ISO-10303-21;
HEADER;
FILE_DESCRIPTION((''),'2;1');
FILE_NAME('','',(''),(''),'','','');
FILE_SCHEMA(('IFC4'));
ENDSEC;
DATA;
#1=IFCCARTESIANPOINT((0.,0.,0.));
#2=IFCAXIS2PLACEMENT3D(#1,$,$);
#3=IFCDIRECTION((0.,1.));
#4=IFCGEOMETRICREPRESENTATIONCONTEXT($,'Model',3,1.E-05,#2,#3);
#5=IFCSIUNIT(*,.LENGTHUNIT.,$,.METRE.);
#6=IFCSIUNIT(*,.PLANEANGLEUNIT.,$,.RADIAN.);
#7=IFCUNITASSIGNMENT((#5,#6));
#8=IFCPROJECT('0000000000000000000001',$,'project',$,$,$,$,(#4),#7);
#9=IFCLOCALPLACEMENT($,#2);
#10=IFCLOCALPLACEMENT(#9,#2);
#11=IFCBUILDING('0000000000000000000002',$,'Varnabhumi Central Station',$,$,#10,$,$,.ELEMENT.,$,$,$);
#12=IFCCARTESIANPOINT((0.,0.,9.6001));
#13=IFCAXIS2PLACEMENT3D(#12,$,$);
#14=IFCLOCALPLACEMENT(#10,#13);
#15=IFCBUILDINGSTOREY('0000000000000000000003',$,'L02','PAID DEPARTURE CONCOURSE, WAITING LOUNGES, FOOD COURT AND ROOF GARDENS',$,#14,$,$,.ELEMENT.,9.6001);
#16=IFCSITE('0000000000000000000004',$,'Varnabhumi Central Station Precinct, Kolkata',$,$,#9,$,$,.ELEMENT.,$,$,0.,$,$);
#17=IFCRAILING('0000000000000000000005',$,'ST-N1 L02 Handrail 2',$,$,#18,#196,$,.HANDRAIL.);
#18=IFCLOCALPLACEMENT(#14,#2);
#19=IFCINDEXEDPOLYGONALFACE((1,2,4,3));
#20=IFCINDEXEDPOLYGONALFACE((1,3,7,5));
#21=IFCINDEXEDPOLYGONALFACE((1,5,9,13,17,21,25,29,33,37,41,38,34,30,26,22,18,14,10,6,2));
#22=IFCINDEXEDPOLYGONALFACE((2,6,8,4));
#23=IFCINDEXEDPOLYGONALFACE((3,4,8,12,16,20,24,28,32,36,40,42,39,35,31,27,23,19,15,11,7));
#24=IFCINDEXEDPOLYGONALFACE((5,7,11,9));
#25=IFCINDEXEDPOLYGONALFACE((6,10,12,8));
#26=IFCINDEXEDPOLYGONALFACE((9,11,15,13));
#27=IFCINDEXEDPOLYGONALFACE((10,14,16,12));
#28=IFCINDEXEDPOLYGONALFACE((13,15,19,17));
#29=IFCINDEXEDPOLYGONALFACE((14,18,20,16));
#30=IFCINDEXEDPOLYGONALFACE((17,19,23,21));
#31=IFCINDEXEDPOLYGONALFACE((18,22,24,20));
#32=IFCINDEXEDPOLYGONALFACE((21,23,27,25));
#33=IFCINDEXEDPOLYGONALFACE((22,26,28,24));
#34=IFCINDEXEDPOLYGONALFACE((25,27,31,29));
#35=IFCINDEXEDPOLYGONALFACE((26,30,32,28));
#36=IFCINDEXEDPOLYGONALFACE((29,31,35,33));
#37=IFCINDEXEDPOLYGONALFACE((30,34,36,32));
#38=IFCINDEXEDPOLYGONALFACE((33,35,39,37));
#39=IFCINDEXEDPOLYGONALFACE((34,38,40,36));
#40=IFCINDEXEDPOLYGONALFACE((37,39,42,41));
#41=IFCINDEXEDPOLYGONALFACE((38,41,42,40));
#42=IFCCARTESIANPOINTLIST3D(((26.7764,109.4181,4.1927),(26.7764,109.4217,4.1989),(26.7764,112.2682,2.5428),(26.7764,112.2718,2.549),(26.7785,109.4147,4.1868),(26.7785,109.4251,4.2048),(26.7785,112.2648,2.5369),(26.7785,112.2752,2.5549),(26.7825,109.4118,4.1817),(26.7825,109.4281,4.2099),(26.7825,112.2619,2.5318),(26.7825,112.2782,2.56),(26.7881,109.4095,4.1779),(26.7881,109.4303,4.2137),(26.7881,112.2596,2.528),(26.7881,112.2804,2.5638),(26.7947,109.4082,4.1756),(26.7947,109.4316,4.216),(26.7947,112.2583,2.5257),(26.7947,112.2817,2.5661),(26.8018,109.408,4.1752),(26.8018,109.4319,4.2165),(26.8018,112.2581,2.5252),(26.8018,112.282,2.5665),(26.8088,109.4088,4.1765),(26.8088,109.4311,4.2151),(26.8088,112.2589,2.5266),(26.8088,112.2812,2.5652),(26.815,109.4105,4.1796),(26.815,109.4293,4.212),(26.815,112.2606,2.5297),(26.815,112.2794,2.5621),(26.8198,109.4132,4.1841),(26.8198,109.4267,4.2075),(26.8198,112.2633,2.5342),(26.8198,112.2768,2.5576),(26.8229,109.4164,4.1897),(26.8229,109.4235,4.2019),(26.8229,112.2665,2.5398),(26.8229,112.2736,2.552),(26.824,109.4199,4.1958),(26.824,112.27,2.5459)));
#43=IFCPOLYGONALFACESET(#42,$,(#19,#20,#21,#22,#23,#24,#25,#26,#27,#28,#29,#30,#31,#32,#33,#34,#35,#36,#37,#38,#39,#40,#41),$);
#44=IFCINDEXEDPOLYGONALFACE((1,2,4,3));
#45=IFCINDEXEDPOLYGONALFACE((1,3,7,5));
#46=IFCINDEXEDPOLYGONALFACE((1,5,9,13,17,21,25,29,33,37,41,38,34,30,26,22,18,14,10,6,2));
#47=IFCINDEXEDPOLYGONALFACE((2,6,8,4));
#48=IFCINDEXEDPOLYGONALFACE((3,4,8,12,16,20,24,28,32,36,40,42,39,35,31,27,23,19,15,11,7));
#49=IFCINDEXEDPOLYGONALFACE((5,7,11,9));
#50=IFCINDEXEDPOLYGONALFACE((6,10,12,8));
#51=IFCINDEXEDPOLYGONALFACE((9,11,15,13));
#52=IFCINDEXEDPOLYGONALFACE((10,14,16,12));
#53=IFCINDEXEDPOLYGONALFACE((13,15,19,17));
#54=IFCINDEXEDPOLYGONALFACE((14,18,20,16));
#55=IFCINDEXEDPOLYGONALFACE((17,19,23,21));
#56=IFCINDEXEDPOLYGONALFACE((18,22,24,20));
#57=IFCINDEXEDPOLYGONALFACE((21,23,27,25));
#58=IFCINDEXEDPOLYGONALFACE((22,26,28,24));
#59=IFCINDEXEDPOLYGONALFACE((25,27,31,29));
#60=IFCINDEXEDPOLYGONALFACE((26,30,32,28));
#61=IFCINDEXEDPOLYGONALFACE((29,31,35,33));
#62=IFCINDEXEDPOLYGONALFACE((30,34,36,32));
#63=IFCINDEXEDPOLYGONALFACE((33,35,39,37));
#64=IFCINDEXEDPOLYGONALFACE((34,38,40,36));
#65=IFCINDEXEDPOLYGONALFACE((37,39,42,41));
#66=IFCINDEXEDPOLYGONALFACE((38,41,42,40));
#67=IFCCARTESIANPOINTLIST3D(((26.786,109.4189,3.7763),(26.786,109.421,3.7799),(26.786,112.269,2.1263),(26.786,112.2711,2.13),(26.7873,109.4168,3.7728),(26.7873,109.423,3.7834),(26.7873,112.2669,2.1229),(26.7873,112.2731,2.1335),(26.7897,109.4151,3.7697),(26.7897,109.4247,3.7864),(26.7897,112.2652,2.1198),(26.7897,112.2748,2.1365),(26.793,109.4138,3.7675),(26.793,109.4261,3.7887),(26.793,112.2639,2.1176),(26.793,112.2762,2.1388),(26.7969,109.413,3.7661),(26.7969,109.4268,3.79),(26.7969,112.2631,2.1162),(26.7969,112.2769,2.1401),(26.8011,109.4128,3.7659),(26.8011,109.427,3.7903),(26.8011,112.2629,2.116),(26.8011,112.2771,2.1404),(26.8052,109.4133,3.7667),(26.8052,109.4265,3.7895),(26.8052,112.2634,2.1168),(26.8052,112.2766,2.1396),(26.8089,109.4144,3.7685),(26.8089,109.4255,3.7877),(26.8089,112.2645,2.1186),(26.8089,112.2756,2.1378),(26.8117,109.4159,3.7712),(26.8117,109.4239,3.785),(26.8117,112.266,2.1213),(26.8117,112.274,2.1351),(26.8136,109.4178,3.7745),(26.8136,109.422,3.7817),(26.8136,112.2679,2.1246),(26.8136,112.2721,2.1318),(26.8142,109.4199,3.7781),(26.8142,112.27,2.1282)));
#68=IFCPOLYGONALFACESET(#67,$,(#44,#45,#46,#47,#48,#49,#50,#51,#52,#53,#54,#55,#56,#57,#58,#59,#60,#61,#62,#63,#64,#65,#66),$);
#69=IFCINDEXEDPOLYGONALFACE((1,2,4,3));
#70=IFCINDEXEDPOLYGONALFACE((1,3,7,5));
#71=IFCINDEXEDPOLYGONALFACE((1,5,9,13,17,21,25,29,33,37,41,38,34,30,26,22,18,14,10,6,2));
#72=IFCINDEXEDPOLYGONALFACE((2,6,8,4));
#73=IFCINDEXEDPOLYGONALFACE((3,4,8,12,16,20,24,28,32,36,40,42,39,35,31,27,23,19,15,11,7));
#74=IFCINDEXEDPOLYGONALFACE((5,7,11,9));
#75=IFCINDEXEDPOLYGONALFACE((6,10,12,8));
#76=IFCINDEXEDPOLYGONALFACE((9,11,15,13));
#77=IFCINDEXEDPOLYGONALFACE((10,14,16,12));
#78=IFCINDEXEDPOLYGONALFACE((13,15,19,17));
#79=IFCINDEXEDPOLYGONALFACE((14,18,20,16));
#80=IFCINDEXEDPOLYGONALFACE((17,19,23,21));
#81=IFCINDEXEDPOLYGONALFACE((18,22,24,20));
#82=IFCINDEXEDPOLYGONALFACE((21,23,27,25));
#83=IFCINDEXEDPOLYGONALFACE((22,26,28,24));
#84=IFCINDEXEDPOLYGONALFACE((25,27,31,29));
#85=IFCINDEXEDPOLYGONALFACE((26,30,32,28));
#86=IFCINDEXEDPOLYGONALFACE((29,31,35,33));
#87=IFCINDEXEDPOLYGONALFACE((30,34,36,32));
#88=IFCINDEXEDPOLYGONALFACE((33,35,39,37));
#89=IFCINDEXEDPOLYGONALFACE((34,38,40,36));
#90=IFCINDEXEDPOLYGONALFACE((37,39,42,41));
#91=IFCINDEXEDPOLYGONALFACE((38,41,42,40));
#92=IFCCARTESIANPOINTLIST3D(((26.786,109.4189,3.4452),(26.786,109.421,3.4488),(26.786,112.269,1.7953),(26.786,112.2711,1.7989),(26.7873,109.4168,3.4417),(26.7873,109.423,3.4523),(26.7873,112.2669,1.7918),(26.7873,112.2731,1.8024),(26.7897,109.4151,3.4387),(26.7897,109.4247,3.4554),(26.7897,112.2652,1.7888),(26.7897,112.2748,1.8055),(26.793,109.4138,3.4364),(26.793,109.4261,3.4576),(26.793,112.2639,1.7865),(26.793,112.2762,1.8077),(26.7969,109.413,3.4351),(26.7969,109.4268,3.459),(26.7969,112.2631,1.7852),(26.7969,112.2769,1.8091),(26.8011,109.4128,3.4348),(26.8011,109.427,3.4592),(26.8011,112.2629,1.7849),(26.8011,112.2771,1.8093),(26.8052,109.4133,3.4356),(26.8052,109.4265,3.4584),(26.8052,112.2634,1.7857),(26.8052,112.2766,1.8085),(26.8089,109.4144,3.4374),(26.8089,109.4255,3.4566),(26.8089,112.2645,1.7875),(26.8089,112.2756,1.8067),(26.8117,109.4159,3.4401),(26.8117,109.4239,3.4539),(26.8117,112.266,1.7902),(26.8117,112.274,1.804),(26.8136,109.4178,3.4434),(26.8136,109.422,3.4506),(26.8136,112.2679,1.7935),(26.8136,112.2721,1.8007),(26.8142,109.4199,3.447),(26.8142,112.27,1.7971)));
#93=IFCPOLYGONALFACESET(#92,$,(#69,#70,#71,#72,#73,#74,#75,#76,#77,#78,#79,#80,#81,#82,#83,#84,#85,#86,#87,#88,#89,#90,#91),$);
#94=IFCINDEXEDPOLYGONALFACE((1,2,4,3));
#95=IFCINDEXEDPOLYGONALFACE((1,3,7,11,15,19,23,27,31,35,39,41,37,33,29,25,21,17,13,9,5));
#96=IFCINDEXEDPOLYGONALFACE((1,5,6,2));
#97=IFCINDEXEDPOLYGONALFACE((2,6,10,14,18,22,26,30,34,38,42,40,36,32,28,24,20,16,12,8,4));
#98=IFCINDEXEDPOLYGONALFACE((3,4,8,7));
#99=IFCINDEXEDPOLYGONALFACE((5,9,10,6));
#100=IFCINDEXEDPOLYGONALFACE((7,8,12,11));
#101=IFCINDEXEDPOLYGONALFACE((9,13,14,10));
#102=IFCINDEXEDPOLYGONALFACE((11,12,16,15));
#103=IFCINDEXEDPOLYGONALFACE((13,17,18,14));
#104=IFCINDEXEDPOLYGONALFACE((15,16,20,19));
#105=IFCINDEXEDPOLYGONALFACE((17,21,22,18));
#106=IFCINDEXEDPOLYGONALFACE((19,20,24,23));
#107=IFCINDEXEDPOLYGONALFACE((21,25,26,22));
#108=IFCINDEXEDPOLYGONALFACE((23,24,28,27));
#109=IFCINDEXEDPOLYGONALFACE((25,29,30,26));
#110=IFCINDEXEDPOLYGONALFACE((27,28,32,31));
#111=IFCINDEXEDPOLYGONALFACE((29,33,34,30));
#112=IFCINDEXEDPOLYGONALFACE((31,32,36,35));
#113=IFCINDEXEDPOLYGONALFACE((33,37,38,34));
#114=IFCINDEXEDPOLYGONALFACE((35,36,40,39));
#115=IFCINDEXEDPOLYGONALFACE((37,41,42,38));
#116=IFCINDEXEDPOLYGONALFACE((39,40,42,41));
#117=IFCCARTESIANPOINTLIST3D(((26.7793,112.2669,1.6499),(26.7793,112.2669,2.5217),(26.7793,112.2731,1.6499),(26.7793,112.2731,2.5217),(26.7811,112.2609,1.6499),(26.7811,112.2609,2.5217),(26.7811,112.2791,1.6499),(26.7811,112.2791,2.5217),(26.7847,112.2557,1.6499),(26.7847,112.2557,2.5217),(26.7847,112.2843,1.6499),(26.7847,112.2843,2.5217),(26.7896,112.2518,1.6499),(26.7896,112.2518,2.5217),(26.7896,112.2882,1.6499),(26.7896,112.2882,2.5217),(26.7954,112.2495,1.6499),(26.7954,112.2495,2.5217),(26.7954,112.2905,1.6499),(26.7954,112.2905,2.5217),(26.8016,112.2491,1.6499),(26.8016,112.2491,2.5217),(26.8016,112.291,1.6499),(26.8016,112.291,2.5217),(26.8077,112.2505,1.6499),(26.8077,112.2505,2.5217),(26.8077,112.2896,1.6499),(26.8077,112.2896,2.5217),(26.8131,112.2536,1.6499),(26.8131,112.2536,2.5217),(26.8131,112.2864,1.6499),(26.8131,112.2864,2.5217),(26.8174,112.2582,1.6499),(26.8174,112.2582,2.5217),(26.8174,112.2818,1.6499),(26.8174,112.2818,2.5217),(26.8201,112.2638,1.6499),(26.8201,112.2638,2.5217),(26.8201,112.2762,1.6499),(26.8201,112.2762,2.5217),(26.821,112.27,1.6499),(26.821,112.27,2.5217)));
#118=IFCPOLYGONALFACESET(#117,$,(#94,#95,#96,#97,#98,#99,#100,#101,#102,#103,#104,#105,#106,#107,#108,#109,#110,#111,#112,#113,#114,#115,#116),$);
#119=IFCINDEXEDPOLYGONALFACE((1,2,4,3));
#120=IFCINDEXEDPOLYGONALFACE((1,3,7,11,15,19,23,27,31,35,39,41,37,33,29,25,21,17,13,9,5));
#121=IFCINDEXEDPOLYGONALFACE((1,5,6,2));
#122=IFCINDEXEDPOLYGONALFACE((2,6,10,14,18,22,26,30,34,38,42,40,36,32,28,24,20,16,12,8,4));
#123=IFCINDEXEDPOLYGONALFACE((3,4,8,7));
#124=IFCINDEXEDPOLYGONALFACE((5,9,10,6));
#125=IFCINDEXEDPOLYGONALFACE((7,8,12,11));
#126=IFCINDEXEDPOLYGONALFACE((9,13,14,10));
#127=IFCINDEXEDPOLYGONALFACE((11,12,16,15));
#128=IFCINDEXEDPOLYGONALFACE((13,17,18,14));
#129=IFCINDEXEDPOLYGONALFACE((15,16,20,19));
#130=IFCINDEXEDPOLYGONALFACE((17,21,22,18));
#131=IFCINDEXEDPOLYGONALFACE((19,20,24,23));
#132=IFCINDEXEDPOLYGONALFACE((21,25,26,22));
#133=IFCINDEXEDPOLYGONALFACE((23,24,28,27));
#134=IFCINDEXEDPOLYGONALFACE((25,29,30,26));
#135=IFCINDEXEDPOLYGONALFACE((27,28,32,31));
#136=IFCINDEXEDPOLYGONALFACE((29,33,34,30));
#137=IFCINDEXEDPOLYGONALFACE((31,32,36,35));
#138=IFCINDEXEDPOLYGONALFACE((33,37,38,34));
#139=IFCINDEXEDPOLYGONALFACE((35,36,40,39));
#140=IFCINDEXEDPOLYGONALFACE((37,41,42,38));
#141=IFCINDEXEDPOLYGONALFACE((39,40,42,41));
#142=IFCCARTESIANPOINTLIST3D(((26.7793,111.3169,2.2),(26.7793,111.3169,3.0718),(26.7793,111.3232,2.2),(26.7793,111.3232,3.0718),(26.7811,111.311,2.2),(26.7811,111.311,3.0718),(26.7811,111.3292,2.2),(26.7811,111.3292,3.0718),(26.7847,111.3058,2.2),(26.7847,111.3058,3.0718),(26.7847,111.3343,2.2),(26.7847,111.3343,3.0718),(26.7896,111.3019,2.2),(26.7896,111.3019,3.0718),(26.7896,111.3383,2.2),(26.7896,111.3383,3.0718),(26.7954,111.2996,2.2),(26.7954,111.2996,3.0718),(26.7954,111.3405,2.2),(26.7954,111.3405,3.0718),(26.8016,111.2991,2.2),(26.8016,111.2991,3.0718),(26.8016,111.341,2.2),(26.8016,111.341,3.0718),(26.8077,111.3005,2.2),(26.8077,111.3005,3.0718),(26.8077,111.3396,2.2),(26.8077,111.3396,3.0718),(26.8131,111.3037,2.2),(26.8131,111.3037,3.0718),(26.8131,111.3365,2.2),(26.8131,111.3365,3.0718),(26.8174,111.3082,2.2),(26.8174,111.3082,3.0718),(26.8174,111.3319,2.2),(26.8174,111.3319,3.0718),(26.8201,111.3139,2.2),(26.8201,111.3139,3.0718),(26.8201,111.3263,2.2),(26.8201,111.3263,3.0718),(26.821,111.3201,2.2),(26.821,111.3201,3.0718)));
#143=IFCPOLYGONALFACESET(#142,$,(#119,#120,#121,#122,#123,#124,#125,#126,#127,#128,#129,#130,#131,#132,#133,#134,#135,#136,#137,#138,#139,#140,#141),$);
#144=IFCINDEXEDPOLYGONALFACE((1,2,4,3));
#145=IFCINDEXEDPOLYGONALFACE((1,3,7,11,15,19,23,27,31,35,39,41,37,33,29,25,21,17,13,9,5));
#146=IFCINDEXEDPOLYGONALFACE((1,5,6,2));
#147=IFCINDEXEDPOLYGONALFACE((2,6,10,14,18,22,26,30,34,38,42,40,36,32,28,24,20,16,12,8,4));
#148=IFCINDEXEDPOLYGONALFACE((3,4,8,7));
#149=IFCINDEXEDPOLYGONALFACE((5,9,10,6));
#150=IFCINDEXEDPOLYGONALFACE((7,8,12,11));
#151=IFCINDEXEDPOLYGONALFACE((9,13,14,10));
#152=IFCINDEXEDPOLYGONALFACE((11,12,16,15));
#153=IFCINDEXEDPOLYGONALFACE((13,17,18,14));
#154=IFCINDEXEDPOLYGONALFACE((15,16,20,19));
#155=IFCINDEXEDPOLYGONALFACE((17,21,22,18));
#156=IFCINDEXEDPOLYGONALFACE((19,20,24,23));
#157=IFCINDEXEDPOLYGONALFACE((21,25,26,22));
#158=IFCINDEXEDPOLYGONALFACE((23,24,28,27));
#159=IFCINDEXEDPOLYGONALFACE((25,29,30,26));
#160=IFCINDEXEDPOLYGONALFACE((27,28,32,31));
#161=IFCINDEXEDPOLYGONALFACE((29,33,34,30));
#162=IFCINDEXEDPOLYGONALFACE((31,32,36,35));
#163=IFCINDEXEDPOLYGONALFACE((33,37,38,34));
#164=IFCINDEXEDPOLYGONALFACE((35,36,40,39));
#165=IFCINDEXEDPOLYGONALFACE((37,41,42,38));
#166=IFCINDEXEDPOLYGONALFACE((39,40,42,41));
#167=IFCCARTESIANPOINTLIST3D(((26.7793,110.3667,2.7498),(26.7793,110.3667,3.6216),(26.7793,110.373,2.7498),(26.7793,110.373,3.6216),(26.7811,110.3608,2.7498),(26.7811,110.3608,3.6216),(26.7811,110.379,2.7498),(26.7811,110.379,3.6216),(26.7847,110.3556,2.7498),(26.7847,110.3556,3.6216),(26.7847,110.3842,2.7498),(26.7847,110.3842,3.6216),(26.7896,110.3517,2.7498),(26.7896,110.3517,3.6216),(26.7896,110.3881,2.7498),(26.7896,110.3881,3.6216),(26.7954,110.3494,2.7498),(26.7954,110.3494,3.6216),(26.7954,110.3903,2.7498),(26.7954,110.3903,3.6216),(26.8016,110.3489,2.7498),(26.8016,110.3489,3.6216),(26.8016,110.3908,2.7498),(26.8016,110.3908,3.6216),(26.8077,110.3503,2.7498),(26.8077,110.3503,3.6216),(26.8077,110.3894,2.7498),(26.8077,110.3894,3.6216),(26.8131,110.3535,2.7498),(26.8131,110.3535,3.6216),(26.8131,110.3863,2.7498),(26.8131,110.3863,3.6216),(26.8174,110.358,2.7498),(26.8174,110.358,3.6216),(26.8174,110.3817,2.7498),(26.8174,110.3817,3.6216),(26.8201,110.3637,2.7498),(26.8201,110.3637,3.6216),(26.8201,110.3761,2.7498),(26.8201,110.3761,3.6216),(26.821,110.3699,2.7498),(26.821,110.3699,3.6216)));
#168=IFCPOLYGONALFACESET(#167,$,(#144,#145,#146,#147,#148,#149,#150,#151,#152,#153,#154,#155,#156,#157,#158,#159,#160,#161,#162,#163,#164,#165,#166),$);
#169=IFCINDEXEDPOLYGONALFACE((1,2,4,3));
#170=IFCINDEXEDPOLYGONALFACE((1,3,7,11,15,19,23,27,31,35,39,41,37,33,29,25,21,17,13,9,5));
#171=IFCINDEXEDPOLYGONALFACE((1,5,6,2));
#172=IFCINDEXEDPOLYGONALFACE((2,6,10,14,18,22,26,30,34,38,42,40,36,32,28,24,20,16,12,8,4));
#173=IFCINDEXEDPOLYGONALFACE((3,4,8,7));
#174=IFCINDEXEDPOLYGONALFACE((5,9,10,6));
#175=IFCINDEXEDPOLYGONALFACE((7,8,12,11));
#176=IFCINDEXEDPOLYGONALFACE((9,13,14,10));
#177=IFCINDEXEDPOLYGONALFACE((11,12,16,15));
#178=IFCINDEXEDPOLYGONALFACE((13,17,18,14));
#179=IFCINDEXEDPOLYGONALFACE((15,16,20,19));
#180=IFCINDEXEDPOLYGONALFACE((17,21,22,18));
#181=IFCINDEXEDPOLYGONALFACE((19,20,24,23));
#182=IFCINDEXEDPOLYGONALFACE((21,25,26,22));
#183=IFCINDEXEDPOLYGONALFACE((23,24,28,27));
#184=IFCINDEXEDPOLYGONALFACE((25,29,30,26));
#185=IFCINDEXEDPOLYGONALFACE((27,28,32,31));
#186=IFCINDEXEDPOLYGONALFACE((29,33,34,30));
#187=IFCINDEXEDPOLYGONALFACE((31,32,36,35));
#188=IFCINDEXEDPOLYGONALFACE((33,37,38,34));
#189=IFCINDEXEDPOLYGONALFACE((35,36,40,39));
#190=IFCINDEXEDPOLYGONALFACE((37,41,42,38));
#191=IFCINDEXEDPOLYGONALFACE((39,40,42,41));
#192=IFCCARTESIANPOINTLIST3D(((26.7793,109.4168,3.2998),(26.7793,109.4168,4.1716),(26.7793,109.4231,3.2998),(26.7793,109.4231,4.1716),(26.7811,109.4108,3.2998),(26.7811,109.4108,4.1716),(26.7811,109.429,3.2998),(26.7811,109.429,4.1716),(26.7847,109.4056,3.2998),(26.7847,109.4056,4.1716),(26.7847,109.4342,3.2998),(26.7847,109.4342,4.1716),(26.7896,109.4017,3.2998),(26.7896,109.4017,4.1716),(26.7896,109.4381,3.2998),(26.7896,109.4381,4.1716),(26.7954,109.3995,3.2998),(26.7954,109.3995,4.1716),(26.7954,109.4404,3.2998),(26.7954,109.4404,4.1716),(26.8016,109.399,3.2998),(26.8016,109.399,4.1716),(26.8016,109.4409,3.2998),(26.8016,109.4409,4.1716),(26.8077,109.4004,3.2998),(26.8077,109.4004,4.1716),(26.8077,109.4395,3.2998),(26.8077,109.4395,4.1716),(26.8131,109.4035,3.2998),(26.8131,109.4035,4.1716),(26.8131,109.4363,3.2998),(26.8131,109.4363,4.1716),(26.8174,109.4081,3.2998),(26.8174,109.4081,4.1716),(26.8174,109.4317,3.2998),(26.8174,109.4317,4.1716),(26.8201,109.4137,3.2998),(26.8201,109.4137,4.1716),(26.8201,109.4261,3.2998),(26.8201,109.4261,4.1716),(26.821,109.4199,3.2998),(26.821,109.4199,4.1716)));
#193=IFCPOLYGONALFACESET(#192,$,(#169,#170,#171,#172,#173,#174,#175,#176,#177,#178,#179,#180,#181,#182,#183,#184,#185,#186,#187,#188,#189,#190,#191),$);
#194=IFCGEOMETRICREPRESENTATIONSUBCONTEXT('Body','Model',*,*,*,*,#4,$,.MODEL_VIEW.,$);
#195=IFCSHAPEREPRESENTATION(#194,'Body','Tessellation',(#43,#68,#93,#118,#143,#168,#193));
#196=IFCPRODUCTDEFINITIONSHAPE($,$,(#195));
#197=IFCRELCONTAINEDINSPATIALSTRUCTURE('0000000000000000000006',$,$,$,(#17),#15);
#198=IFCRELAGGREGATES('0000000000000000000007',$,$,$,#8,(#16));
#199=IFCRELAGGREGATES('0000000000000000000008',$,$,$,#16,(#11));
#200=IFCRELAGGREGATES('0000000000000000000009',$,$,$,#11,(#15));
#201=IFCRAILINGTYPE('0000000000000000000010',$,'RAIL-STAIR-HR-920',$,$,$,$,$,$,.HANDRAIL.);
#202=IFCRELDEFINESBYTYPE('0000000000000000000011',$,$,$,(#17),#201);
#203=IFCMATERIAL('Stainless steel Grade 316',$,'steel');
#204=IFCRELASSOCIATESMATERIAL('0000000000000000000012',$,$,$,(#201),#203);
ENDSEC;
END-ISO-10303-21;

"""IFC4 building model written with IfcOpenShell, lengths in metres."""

from ifc_helpers import new_model, si_unit, direction, frame, origin, origin_2d, place, context, subcontext, project, spatial, circle, extrude, material, type_object, element, save


model = new_model("IFC4")

# Units and contexts
model_context = context("Model", 3, precision=1e-05, world=origin(), true_north=direction((0.0, 1.0)))
body_context = subcontext(model_context, "Body", "Model", "MODEL_VIEW")
ifc_project = project(units=[si_unit("LENGTHUNIT", "METRE"), si_unit("PLANEANGLEUNIT", "RADIAN")], contexts=[model_context])

# Site, building, storey
site_placement = place(None, origin())
site = spatial("IfcSite", under=ifc_project, at=site_placement, Name="Varnabhumi Central Station Precinct, Kolkata", CompositionType="ELEMENT", RefElevation=0.0)
building_placement = place(site_placement, origin())
building = spatial("IfcBuilding", under=site, at=building_placement, Name="Varnabhumi Central Station", CompositionType="ELEMENT")
storey_placement = place(building_placement, frame((0.0, 0.0, 9.6001)))
storey = spatial("IfcBuildingStorey", under=building, at=storey_placement, Name="L02", Description="PAID DEPARTURE CONCOURSE, WAITING LOUNGES, FOOD COURT AND ROOF GARDENS", CompositionType="ELEMENT", Elevation=9.6001)

# Shared definitions
ifc_material_1 = material(Name="Stainless steel Grade 316", Category="steel")

# Railing
railing_type_1 = type_object("IfcRailingType", Name="RAIL-STAIR-HR-920", PredefinedType="HANDRAIL", material=ifc_material_1)
railing_1_placement = place(storey_placement, frame((26.8, 112.27, 1.6499)))
element("IfcRailing", 1, at=railing_1_placement, inside=storey, type_object=railing_type_1, Name="ST-N1 L02 Handrail 2", PredefinedType="HANDRAIL", context=body_context, shape_type="SweptSolid", body=[
    extrude(circle(Radius=0.0239, at=origin_2d()), frame((0.0, 0.0, 0.896), z_axis=(0.0, -0.865447, 0.501001), x_axis=(1.0, 0.0, 0.0)), (0.0, 0.0, 1.0), 3.2932),
    extrude(circle(Radius=0.0142, at=origin_2d()), frame((0.0, 0.0, 0.4783), z_axis=(0.0, -0.865447, 0.501001), x_axis=(1.0, 0.0, 0.0)), (0.0, 0.0, 1.0), 3.2932),
    extrude(circle(Radius=0.0142, at=origin_2d()), frame((0.0, 0.0, 0.1472), z_axis=(0.0, -0.865447, 0.501001), x_axis=(1.0, 0.0, 0.0)), (0.0, 0.0, 1.0), 3.2932),
    extrude(circle(Radius=0.021, at=origin_2d()), origin(), (0.0, 0.0, 1.0), 0.8718),
    extrude(circle(Radius=0.021, at=origin_2d()), frame((0.0, -0.95, 0.55)), (0.0, 0.0, 1.0), 0.8718),
    extrude(circle(Radius=0.021, at=origin_2d()), frame((0.0, -1.9001, 1.0999)), (0.0, 0.0, 1.0), 0.8718),
    extrude(circle(Radius=0.021, at=origin_2d()), frame((0.0, -2.8501, 1.6499)), (0.0, 0.0, 1.0), 0.8718),
])

save(model, "model.ifc")
